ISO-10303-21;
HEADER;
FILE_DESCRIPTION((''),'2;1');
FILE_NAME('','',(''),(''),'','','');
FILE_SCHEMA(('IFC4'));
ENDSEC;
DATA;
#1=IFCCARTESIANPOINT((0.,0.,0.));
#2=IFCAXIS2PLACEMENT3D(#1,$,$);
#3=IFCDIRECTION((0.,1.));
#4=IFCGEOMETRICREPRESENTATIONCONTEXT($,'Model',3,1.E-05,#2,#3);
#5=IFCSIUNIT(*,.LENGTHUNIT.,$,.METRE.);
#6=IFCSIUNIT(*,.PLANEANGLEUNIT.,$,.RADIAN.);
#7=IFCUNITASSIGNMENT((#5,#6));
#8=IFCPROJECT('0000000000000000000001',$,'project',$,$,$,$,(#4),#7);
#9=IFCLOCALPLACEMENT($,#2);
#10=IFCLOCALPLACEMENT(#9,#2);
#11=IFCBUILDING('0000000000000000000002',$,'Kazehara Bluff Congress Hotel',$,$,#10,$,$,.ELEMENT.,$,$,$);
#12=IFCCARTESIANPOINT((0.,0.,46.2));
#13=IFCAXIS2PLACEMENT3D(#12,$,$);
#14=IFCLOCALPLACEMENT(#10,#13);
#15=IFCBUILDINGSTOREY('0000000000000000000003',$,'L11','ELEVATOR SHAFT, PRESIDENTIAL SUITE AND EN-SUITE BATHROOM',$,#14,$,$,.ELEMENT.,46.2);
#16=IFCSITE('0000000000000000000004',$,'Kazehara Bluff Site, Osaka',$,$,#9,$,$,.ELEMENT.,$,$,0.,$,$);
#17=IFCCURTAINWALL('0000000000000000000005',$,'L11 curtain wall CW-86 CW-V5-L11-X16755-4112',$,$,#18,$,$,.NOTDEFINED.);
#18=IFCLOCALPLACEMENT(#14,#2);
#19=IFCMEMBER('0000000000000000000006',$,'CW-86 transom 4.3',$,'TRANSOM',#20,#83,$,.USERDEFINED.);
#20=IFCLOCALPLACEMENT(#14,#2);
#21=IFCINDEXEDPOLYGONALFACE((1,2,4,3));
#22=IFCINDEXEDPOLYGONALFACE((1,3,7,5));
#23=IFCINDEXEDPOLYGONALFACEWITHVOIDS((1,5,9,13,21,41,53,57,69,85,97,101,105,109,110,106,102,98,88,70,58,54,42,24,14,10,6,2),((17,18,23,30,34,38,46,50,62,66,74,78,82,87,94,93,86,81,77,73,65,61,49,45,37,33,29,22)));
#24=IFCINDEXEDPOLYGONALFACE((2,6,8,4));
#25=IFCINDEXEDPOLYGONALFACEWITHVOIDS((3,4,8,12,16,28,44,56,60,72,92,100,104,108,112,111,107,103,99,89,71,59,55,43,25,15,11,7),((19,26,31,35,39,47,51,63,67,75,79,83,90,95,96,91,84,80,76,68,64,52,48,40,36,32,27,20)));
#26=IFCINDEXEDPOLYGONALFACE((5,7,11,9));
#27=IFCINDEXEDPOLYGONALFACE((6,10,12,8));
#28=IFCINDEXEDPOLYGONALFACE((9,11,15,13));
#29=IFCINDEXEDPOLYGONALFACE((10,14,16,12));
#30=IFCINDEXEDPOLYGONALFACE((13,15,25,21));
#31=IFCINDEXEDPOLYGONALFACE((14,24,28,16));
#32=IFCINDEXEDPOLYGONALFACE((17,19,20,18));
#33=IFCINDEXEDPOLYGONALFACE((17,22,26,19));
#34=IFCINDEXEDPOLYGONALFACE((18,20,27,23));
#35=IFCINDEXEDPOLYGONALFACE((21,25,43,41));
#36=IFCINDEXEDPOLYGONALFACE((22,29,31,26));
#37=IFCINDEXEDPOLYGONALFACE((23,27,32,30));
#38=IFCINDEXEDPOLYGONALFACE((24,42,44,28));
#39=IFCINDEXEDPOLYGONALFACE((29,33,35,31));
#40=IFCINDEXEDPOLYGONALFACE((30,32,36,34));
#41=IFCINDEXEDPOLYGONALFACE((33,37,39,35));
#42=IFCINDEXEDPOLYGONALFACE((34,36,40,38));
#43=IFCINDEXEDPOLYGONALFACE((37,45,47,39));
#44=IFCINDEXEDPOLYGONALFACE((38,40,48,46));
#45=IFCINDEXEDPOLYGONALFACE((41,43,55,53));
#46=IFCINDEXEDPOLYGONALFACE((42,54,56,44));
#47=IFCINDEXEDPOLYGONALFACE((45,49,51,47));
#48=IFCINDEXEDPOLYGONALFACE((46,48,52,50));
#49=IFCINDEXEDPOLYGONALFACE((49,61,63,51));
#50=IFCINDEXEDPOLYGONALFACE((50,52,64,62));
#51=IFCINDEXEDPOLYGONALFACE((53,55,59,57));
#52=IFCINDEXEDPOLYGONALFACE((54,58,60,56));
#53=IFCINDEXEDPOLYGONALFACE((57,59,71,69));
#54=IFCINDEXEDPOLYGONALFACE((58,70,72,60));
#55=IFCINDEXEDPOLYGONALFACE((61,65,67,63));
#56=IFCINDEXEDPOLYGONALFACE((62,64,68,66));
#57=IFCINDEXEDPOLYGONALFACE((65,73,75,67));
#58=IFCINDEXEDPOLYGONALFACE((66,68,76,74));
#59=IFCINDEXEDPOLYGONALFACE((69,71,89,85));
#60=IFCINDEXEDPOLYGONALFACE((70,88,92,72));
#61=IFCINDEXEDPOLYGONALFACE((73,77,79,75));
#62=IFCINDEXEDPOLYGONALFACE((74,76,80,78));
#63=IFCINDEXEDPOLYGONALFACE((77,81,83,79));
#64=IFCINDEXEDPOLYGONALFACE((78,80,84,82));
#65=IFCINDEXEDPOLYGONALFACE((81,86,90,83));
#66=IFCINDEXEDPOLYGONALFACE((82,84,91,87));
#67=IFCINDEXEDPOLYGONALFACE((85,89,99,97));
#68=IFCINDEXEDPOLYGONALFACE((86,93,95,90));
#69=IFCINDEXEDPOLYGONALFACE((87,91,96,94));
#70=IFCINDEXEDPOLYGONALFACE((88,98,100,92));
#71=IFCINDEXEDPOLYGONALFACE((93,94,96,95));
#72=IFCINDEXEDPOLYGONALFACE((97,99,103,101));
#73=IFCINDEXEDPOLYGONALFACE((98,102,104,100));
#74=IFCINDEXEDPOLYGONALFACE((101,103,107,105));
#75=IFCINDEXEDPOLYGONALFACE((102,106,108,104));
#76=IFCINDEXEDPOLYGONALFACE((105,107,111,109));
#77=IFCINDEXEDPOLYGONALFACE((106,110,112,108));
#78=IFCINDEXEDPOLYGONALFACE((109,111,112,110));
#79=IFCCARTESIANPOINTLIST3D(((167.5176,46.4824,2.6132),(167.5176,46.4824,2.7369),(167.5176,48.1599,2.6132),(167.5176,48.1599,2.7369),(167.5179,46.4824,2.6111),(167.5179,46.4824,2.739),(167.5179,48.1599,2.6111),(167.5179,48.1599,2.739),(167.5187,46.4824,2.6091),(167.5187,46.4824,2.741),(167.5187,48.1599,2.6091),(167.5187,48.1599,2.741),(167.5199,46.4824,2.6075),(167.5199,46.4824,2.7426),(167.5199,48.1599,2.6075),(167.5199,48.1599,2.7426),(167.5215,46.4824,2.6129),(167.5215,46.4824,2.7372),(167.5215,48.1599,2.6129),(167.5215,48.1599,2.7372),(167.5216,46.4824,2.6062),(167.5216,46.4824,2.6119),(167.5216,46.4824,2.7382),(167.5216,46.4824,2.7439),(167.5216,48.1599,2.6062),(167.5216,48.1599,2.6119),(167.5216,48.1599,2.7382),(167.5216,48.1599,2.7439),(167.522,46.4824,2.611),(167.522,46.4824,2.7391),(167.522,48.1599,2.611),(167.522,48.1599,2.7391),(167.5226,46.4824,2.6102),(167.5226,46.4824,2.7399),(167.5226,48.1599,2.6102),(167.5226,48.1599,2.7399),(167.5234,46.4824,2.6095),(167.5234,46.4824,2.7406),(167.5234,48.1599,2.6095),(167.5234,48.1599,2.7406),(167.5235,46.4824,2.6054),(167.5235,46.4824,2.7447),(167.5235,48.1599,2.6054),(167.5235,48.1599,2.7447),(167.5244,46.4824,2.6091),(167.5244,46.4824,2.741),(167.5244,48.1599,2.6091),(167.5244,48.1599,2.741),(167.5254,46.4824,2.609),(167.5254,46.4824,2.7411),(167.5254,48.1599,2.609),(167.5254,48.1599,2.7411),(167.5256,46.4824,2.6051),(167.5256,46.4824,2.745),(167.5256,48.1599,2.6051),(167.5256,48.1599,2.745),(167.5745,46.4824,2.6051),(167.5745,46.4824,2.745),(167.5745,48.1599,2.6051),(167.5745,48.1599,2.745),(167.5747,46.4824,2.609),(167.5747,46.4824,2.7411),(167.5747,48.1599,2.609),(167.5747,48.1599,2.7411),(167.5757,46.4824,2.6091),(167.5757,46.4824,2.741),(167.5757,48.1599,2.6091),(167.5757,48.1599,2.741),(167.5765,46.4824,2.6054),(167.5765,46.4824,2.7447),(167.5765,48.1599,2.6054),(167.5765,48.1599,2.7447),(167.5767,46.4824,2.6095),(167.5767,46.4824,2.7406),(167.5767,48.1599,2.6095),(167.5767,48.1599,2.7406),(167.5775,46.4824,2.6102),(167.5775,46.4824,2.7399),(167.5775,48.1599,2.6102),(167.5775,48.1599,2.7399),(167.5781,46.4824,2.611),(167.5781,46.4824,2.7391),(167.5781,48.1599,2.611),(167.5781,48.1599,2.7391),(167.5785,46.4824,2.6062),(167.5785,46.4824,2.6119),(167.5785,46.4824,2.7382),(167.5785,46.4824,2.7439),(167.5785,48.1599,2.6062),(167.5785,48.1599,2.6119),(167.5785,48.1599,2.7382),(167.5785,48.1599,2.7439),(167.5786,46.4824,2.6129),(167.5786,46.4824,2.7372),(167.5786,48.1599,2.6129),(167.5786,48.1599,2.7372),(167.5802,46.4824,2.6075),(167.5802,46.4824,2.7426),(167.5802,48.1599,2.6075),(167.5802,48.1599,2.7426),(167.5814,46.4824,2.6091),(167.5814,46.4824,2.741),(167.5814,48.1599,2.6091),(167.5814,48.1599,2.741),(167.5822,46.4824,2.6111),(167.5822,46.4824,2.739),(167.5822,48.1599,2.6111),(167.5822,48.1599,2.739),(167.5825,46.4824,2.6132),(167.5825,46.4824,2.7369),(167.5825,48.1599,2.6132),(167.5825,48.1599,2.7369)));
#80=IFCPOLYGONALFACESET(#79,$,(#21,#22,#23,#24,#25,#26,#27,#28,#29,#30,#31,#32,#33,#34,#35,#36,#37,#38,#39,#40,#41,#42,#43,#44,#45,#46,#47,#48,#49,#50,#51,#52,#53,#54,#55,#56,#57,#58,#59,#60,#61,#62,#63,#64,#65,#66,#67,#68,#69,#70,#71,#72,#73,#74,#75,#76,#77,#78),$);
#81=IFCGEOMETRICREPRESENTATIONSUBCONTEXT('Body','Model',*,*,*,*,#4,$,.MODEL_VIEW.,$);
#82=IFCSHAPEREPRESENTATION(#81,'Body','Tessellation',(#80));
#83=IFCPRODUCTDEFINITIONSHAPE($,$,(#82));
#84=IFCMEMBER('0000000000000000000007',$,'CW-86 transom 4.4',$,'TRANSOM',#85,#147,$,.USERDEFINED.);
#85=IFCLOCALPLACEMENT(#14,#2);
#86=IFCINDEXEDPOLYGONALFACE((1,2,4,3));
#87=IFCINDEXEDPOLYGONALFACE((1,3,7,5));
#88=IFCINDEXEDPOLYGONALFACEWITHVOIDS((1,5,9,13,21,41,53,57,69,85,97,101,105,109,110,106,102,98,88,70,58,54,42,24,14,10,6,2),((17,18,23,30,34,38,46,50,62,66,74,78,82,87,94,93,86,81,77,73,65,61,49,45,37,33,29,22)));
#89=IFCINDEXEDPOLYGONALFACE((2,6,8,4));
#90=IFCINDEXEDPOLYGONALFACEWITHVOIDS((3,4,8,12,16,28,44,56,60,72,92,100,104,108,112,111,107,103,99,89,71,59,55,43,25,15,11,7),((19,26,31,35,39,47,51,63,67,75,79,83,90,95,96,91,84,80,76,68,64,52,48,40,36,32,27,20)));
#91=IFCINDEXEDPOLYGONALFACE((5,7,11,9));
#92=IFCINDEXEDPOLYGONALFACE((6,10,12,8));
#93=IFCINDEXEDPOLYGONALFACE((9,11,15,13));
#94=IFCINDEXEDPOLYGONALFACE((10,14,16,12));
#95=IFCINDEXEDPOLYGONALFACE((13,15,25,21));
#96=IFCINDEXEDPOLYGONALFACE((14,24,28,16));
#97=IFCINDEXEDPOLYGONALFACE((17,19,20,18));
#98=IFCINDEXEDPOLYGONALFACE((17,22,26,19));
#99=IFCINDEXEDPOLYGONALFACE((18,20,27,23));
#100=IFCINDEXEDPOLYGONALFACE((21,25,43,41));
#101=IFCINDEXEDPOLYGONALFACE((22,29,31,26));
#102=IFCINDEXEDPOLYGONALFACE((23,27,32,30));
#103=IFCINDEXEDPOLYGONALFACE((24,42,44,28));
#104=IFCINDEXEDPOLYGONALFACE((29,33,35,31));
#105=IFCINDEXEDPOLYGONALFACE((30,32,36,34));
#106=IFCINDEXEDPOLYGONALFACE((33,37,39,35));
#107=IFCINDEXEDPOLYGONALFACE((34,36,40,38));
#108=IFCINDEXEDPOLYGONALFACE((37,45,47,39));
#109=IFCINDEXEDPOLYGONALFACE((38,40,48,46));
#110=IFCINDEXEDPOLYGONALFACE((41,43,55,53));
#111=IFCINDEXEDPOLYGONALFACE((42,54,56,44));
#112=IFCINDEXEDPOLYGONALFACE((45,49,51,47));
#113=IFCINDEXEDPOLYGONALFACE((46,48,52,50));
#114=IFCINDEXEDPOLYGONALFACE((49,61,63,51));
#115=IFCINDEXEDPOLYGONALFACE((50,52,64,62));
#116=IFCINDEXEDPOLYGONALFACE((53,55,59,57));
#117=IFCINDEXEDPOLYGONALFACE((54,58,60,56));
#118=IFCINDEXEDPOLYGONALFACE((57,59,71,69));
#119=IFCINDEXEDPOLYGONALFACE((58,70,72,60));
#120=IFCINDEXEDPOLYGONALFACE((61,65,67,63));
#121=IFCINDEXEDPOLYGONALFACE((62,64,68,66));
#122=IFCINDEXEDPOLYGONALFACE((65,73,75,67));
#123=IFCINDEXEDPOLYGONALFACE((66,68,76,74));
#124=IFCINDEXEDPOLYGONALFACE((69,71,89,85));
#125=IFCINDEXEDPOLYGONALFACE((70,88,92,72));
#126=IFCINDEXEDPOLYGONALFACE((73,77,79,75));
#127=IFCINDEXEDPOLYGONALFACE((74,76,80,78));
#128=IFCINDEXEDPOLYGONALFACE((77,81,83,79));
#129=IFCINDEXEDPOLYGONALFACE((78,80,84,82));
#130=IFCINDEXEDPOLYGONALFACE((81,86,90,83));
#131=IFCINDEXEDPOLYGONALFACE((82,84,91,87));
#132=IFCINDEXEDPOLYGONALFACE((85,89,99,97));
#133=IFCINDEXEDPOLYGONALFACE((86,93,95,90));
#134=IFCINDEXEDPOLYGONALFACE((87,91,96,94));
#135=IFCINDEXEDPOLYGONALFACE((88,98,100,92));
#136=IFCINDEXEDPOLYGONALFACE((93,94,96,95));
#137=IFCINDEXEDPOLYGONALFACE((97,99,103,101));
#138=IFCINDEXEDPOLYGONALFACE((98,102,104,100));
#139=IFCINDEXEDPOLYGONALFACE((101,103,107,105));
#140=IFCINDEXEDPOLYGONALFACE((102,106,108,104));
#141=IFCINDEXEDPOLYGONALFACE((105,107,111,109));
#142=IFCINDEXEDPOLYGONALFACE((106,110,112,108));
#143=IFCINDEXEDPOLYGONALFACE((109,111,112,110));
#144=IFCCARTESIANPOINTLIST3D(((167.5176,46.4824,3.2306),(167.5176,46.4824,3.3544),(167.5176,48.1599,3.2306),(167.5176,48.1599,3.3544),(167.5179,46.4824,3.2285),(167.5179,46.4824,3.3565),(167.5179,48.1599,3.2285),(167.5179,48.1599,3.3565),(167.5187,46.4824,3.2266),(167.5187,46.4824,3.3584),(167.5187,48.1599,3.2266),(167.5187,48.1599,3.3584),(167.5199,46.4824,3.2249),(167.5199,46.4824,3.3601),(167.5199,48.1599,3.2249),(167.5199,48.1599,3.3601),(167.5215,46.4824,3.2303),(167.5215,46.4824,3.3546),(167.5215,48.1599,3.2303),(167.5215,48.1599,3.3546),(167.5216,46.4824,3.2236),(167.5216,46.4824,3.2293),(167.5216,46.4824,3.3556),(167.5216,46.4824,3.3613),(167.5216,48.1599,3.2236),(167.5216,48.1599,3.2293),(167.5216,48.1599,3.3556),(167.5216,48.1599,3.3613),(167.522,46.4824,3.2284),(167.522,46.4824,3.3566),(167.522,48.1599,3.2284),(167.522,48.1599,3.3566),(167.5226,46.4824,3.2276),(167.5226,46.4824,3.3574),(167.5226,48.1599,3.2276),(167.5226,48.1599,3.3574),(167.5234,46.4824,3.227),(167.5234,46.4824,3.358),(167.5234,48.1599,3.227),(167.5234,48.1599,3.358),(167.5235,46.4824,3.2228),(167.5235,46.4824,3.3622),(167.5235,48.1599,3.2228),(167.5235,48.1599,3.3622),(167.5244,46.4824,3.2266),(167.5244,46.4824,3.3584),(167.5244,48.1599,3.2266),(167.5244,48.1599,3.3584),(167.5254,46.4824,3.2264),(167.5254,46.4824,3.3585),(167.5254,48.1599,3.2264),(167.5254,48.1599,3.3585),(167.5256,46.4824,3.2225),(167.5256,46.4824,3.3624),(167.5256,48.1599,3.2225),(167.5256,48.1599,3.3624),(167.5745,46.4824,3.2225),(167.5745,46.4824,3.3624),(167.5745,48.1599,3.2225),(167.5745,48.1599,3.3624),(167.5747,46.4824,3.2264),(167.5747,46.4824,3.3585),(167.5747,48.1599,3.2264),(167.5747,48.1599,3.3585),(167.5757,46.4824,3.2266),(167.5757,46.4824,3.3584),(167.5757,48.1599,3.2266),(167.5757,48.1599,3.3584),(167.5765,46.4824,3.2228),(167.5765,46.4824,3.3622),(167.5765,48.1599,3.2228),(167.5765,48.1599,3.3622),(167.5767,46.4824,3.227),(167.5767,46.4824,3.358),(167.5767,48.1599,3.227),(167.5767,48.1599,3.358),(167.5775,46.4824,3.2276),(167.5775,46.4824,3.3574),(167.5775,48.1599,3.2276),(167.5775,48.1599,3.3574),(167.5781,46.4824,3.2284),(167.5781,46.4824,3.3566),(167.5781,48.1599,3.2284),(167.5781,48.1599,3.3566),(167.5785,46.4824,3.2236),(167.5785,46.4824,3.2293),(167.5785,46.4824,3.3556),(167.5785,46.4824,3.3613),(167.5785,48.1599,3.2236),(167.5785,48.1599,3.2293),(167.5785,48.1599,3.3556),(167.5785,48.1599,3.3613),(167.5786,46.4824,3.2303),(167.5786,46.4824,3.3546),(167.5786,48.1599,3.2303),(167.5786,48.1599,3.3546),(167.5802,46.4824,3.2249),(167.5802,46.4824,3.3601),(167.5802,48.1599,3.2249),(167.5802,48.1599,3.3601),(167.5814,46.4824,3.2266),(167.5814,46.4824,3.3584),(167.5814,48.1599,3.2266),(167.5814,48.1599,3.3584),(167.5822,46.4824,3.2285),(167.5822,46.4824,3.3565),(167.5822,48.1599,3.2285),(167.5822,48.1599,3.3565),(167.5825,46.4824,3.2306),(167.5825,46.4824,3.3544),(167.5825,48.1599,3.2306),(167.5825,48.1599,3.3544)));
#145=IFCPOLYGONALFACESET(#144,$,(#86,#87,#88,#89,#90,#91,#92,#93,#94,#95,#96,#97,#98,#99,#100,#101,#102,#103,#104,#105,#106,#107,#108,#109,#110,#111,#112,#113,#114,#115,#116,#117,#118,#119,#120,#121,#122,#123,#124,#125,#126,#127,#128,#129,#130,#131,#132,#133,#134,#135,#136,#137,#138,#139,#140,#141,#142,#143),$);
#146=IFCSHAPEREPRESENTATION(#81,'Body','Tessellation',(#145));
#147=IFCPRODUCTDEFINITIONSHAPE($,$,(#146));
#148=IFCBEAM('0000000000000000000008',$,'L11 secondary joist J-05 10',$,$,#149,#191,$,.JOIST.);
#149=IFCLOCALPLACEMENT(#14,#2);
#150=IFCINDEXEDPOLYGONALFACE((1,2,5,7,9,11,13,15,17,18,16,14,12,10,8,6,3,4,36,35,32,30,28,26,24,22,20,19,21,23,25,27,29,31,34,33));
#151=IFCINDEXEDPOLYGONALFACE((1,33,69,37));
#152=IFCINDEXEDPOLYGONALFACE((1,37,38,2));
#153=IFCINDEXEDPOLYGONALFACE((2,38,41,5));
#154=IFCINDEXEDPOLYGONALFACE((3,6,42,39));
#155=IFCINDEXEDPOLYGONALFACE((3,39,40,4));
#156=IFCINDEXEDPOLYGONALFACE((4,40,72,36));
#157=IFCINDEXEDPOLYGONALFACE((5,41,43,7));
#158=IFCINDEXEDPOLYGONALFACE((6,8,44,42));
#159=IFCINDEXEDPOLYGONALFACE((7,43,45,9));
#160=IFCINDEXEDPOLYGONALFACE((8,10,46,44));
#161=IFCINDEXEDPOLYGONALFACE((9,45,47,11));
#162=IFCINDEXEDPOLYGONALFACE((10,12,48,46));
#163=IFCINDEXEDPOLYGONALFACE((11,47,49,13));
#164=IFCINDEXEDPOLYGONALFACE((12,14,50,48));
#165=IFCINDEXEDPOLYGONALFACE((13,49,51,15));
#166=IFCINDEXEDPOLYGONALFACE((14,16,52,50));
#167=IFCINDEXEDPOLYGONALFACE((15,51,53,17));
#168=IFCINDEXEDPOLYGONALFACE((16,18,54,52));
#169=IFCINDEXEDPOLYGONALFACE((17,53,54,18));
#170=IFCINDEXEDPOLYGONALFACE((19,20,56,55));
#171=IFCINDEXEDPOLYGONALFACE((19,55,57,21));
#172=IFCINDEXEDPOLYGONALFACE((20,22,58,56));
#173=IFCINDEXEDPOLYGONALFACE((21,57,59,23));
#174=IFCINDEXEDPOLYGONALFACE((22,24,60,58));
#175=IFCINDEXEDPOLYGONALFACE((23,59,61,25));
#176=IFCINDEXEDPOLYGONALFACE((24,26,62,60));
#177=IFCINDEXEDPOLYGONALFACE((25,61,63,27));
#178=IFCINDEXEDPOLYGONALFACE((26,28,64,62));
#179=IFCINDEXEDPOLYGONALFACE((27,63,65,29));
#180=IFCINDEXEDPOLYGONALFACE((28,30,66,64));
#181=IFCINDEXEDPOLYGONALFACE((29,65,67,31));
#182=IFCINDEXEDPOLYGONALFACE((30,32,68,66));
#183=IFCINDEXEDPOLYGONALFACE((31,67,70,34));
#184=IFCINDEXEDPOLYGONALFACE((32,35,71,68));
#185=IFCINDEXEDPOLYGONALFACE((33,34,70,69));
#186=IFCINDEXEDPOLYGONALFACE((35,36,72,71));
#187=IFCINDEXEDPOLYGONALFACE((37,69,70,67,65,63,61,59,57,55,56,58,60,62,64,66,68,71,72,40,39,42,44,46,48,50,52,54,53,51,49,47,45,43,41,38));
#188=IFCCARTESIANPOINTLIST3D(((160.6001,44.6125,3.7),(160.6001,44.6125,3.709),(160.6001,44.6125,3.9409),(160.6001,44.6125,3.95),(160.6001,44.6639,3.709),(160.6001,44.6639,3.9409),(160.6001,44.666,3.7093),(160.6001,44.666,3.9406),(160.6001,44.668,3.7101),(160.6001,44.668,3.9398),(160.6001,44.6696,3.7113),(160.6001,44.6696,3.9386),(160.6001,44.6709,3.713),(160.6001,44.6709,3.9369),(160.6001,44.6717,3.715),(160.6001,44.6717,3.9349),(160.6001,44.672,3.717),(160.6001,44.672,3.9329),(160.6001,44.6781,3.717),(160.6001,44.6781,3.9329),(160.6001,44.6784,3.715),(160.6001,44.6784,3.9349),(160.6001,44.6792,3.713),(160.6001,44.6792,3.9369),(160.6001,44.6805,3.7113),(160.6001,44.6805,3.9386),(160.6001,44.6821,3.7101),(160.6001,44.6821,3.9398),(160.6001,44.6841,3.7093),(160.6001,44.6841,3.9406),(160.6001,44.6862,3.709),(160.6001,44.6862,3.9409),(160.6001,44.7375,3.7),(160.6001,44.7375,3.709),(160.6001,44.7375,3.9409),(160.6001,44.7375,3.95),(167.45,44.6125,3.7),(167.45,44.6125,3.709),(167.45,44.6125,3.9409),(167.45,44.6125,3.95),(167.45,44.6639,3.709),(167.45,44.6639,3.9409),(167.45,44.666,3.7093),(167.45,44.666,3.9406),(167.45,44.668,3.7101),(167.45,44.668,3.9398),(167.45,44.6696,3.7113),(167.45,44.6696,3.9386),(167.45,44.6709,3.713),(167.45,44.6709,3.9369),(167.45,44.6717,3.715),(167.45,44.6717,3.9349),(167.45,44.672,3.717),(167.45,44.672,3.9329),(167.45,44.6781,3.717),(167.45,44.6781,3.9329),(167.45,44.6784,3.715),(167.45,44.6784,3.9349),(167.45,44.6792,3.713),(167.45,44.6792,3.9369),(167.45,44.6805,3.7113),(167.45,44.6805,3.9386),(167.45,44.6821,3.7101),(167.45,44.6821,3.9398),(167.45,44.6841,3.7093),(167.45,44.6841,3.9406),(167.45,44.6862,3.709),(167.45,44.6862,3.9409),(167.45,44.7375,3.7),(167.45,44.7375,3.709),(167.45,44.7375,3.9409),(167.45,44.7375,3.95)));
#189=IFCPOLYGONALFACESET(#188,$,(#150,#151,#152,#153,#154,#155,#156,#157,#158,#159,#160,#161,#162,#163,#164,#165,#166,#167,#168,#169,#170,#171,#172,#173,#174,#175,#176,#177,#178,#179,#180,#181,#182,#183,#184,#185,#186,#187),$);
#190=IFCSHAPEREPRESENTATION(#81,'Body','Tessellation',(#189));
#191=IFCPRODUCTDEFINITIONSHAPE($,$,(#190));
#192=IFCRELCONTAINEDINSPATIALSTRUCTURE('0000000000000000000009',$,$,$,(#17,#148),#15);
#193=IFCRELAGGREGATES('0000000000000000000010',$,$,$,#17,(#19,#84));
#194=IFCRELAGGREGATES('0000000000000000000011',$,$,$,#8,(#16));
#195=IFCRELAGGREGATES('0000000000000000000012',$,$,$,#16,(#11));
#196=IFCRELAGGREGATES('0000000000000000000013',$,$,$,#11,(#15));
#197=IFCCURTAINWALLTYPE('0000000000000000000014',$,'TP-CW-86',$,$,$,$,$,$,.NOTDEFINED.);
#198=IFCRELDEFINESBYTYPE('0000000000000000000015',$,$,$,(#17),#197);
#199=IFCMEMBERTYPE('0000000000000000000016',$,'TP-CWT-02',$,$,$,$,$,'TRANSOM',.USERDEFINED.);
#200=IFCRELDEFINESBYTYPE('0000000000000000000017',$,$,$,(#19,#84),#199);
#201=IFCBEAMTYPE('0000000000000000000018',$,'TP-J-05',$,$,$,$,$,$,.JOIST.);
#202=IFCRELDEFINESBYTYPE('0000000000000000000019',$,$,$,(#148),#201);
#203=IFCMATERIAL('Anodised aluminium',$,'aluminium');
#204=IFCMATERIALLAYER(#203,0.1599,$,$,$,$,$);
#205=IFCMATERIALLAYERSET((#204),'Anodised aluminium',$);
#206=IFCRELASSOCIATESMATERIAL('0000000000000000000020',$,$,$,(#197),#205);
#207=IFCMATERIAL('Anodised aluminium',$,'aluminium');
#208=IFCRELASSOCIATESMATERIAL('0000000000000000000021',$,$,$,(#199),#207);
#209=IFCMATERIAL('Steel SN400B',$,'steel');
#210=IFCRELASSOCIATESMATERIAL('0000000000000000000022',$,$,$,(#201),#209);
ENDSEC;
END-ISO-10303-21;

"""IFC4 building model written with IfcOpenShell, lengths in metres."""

from ifc_helpers import new_model, si_unit, direction, frame, origin, origin_2d, place, context, subcontext, project, spatial, hollow_rectangle, i_section, extrude, material, layer, layer_set, material_profile, profile_set, type_object, element, aggregate, save


model = new_model("IFC4")

# Units and contexts
model_context = context("Model", 3, precision=1e-05, world=origin(), true_north=direction((0.0, 1.0)))
body_context = subcontext(model_context, "Body", "Model", "MODEL_VIEW")
ifc_project = project(units=[si_unit("LENGTHUNIT", "METRE"), si_unit("PLANEANGLEUNIT", "RADIAN")], contexts=[model_context])

# Site, building, storey
site_placement = place(None, origin())
site = spatial("IfcSite", under=ifc_project, at=site_placement, Name="Kazehara Bluff Site, Osaka", CompositionType="ELEMENT", RefElevation=0.0)
building_placement = place(site_placement, origin())
building = spatial("IfcBuilding", under=site, at=building_placement, Name="Kazehara Bluff Congress Hotel", CompositionType="ELEMENT")
storey_placement = place(building_placement, frame((0.0, 0.0, 46.2)))
storey = spatial("IfcBuildingStorey", under=building, at=storey_placement, Name="L11", Description="ELEVATOR SHAFT, PRESIDENTIAL SUITE AND EN-SUITE BATHROOM", CompositionType="ELEMENT", Elevation=46.2)

# Curtain wall, members
ifc_material_1 = material(Name="Anodised aluminium", Category="aluminium")
ifc_layer_1 = layer(ifc_material_1, 0.1599)
ifc_layer_set_1 = layer_set([ifc_layer_1], Name="Anodised aluminium")
curtain_wall_type = type_object("IfcCurtainWallType", Name="TP-CW-86", PredefinedType="NOTDEFINED", material=ifc_layer_set_1)
curtain_wall_placement = place(storey_placement, origin())
curtain_wall = element("IfcCurtainWall", 1, at=curtain_wall_placement, inside=storey, type_object=curtain_wall_type, Name="L11 curtain wall CW-86 CW-V5-L11-X16755-4112", PredefinedType="NOTDEFINED")
ifc_material_2 = material(Name="Anodised aluminium", Category="aluminium")
ifc_material_profile_1 = material_profile(ifc_material_2, hollow_rectangle(XDim=0.0649, YDim=0.1399, WallThickness=0.0039, InnerFilletRadius=0.0039, OuterFilletRadius=0.0081, at=origin_2d()))
ifc_profile_set_1 = profile_set([ifc_material_profile_1], Name="Anodised aluminium")
member_type_1 = type_object("IfcMemberType", Name="TP-CWT-02", ElementType="TRANSOM", PredefinedType="USERDEFINED", material=ifc_profile_set_1)
member_1_placement = place(storey_placement, frame((167.55, 46.4824, 2.675), z_axis=(0.0, 1.0, 0.0), x_axis=(-1.0, 0.0, 0.0)))
member_1 = element("IfcMember", 2, at=member_1_placement, type_object=member_type_1, Name="CW-86 transom 4.3", ObjectType="TRANSOM", PredefinedType="USERDEFINED", context=body_context, shape_type="SweptSolid", body=[
    extrude(hollow_rectangle(XDim=0.0649, YDim=0.1399, WallThickness=0.0039, InnerFilletRadius=0.0039, OuterFilletRadius=0.0081, at=origin_2d()), origin(), (0.0, 0.0, 1.0), 1.6775),
])
member_2_placement = place(storey_placement, frame((167.55, 46.4824, 3.2925), z_axis=(0.0, 1.0, 0.0), x_axis=(-1.0, 0.0, 0.0)))
member_2 = element("IfcMember", 3, at=member_2_placement, type_object=member_type_1, Name="CW-86 transom 4.4", ObjectType="TRANSOM", PredefinedType="USERDEFINED", context=body_context, shape_type="SweptSolid", body=[
    extrude(hollow_rectangle(XDim=0.0649, YDim=0.1399, WallThickness=0.0039, InnerFilletRadius=0.0039, OuterFilletRadius=0.0081, at=origin_2d()), origin(), (0.0, 0.0, 1.0), 1.6775),
])

# Beam
ifc_material_3 = material(Name="Steel SN400B", Category="steel")
ifc_material_profile_2 = material_profile(ifc_material_3, i_section(OverallWidth=0.125, OverallDepth=0.25, WebThickness=0.0061, FlangeThickness=0.009, FilletRadius=0.0081, at=origin_2d()))
ifc_profile_set_2 = profile_set([ifc_material_profile_2], Name="Steel SN400B")
beam_type = type_object("IfcBeamType", Name="TP-J-05", PredefinedType="JOIST", material=ifc_profile_set_2)
beam_placement = place(storey_placement, frame((160.6001, 44.675, 3.825), z_axis=(1.0, 0.0, 0.0), x_axis=(0.0, 1.0, 0.0)))
element("IfcBeam", 4, at=beam_placement, inside=storey, type_object=beam_type, Name="L11 secondary joist J-05 10", PredefinedType="JOIST", context=body_context, shape_type="SweptSolid", body=[
    extrude(i_section(OverallWidth=0.125, OverallDepth=0.25, WebThickness=0.0061, FlangeThickness=0.009, FilletRadius=0.0081, at=origin_2d()), origin(), (0.0, 0.0, 1.0), 6.8499),
])

aggregate(curtain_wall, [member_1, member_2])

save(model, "model.ifc")
